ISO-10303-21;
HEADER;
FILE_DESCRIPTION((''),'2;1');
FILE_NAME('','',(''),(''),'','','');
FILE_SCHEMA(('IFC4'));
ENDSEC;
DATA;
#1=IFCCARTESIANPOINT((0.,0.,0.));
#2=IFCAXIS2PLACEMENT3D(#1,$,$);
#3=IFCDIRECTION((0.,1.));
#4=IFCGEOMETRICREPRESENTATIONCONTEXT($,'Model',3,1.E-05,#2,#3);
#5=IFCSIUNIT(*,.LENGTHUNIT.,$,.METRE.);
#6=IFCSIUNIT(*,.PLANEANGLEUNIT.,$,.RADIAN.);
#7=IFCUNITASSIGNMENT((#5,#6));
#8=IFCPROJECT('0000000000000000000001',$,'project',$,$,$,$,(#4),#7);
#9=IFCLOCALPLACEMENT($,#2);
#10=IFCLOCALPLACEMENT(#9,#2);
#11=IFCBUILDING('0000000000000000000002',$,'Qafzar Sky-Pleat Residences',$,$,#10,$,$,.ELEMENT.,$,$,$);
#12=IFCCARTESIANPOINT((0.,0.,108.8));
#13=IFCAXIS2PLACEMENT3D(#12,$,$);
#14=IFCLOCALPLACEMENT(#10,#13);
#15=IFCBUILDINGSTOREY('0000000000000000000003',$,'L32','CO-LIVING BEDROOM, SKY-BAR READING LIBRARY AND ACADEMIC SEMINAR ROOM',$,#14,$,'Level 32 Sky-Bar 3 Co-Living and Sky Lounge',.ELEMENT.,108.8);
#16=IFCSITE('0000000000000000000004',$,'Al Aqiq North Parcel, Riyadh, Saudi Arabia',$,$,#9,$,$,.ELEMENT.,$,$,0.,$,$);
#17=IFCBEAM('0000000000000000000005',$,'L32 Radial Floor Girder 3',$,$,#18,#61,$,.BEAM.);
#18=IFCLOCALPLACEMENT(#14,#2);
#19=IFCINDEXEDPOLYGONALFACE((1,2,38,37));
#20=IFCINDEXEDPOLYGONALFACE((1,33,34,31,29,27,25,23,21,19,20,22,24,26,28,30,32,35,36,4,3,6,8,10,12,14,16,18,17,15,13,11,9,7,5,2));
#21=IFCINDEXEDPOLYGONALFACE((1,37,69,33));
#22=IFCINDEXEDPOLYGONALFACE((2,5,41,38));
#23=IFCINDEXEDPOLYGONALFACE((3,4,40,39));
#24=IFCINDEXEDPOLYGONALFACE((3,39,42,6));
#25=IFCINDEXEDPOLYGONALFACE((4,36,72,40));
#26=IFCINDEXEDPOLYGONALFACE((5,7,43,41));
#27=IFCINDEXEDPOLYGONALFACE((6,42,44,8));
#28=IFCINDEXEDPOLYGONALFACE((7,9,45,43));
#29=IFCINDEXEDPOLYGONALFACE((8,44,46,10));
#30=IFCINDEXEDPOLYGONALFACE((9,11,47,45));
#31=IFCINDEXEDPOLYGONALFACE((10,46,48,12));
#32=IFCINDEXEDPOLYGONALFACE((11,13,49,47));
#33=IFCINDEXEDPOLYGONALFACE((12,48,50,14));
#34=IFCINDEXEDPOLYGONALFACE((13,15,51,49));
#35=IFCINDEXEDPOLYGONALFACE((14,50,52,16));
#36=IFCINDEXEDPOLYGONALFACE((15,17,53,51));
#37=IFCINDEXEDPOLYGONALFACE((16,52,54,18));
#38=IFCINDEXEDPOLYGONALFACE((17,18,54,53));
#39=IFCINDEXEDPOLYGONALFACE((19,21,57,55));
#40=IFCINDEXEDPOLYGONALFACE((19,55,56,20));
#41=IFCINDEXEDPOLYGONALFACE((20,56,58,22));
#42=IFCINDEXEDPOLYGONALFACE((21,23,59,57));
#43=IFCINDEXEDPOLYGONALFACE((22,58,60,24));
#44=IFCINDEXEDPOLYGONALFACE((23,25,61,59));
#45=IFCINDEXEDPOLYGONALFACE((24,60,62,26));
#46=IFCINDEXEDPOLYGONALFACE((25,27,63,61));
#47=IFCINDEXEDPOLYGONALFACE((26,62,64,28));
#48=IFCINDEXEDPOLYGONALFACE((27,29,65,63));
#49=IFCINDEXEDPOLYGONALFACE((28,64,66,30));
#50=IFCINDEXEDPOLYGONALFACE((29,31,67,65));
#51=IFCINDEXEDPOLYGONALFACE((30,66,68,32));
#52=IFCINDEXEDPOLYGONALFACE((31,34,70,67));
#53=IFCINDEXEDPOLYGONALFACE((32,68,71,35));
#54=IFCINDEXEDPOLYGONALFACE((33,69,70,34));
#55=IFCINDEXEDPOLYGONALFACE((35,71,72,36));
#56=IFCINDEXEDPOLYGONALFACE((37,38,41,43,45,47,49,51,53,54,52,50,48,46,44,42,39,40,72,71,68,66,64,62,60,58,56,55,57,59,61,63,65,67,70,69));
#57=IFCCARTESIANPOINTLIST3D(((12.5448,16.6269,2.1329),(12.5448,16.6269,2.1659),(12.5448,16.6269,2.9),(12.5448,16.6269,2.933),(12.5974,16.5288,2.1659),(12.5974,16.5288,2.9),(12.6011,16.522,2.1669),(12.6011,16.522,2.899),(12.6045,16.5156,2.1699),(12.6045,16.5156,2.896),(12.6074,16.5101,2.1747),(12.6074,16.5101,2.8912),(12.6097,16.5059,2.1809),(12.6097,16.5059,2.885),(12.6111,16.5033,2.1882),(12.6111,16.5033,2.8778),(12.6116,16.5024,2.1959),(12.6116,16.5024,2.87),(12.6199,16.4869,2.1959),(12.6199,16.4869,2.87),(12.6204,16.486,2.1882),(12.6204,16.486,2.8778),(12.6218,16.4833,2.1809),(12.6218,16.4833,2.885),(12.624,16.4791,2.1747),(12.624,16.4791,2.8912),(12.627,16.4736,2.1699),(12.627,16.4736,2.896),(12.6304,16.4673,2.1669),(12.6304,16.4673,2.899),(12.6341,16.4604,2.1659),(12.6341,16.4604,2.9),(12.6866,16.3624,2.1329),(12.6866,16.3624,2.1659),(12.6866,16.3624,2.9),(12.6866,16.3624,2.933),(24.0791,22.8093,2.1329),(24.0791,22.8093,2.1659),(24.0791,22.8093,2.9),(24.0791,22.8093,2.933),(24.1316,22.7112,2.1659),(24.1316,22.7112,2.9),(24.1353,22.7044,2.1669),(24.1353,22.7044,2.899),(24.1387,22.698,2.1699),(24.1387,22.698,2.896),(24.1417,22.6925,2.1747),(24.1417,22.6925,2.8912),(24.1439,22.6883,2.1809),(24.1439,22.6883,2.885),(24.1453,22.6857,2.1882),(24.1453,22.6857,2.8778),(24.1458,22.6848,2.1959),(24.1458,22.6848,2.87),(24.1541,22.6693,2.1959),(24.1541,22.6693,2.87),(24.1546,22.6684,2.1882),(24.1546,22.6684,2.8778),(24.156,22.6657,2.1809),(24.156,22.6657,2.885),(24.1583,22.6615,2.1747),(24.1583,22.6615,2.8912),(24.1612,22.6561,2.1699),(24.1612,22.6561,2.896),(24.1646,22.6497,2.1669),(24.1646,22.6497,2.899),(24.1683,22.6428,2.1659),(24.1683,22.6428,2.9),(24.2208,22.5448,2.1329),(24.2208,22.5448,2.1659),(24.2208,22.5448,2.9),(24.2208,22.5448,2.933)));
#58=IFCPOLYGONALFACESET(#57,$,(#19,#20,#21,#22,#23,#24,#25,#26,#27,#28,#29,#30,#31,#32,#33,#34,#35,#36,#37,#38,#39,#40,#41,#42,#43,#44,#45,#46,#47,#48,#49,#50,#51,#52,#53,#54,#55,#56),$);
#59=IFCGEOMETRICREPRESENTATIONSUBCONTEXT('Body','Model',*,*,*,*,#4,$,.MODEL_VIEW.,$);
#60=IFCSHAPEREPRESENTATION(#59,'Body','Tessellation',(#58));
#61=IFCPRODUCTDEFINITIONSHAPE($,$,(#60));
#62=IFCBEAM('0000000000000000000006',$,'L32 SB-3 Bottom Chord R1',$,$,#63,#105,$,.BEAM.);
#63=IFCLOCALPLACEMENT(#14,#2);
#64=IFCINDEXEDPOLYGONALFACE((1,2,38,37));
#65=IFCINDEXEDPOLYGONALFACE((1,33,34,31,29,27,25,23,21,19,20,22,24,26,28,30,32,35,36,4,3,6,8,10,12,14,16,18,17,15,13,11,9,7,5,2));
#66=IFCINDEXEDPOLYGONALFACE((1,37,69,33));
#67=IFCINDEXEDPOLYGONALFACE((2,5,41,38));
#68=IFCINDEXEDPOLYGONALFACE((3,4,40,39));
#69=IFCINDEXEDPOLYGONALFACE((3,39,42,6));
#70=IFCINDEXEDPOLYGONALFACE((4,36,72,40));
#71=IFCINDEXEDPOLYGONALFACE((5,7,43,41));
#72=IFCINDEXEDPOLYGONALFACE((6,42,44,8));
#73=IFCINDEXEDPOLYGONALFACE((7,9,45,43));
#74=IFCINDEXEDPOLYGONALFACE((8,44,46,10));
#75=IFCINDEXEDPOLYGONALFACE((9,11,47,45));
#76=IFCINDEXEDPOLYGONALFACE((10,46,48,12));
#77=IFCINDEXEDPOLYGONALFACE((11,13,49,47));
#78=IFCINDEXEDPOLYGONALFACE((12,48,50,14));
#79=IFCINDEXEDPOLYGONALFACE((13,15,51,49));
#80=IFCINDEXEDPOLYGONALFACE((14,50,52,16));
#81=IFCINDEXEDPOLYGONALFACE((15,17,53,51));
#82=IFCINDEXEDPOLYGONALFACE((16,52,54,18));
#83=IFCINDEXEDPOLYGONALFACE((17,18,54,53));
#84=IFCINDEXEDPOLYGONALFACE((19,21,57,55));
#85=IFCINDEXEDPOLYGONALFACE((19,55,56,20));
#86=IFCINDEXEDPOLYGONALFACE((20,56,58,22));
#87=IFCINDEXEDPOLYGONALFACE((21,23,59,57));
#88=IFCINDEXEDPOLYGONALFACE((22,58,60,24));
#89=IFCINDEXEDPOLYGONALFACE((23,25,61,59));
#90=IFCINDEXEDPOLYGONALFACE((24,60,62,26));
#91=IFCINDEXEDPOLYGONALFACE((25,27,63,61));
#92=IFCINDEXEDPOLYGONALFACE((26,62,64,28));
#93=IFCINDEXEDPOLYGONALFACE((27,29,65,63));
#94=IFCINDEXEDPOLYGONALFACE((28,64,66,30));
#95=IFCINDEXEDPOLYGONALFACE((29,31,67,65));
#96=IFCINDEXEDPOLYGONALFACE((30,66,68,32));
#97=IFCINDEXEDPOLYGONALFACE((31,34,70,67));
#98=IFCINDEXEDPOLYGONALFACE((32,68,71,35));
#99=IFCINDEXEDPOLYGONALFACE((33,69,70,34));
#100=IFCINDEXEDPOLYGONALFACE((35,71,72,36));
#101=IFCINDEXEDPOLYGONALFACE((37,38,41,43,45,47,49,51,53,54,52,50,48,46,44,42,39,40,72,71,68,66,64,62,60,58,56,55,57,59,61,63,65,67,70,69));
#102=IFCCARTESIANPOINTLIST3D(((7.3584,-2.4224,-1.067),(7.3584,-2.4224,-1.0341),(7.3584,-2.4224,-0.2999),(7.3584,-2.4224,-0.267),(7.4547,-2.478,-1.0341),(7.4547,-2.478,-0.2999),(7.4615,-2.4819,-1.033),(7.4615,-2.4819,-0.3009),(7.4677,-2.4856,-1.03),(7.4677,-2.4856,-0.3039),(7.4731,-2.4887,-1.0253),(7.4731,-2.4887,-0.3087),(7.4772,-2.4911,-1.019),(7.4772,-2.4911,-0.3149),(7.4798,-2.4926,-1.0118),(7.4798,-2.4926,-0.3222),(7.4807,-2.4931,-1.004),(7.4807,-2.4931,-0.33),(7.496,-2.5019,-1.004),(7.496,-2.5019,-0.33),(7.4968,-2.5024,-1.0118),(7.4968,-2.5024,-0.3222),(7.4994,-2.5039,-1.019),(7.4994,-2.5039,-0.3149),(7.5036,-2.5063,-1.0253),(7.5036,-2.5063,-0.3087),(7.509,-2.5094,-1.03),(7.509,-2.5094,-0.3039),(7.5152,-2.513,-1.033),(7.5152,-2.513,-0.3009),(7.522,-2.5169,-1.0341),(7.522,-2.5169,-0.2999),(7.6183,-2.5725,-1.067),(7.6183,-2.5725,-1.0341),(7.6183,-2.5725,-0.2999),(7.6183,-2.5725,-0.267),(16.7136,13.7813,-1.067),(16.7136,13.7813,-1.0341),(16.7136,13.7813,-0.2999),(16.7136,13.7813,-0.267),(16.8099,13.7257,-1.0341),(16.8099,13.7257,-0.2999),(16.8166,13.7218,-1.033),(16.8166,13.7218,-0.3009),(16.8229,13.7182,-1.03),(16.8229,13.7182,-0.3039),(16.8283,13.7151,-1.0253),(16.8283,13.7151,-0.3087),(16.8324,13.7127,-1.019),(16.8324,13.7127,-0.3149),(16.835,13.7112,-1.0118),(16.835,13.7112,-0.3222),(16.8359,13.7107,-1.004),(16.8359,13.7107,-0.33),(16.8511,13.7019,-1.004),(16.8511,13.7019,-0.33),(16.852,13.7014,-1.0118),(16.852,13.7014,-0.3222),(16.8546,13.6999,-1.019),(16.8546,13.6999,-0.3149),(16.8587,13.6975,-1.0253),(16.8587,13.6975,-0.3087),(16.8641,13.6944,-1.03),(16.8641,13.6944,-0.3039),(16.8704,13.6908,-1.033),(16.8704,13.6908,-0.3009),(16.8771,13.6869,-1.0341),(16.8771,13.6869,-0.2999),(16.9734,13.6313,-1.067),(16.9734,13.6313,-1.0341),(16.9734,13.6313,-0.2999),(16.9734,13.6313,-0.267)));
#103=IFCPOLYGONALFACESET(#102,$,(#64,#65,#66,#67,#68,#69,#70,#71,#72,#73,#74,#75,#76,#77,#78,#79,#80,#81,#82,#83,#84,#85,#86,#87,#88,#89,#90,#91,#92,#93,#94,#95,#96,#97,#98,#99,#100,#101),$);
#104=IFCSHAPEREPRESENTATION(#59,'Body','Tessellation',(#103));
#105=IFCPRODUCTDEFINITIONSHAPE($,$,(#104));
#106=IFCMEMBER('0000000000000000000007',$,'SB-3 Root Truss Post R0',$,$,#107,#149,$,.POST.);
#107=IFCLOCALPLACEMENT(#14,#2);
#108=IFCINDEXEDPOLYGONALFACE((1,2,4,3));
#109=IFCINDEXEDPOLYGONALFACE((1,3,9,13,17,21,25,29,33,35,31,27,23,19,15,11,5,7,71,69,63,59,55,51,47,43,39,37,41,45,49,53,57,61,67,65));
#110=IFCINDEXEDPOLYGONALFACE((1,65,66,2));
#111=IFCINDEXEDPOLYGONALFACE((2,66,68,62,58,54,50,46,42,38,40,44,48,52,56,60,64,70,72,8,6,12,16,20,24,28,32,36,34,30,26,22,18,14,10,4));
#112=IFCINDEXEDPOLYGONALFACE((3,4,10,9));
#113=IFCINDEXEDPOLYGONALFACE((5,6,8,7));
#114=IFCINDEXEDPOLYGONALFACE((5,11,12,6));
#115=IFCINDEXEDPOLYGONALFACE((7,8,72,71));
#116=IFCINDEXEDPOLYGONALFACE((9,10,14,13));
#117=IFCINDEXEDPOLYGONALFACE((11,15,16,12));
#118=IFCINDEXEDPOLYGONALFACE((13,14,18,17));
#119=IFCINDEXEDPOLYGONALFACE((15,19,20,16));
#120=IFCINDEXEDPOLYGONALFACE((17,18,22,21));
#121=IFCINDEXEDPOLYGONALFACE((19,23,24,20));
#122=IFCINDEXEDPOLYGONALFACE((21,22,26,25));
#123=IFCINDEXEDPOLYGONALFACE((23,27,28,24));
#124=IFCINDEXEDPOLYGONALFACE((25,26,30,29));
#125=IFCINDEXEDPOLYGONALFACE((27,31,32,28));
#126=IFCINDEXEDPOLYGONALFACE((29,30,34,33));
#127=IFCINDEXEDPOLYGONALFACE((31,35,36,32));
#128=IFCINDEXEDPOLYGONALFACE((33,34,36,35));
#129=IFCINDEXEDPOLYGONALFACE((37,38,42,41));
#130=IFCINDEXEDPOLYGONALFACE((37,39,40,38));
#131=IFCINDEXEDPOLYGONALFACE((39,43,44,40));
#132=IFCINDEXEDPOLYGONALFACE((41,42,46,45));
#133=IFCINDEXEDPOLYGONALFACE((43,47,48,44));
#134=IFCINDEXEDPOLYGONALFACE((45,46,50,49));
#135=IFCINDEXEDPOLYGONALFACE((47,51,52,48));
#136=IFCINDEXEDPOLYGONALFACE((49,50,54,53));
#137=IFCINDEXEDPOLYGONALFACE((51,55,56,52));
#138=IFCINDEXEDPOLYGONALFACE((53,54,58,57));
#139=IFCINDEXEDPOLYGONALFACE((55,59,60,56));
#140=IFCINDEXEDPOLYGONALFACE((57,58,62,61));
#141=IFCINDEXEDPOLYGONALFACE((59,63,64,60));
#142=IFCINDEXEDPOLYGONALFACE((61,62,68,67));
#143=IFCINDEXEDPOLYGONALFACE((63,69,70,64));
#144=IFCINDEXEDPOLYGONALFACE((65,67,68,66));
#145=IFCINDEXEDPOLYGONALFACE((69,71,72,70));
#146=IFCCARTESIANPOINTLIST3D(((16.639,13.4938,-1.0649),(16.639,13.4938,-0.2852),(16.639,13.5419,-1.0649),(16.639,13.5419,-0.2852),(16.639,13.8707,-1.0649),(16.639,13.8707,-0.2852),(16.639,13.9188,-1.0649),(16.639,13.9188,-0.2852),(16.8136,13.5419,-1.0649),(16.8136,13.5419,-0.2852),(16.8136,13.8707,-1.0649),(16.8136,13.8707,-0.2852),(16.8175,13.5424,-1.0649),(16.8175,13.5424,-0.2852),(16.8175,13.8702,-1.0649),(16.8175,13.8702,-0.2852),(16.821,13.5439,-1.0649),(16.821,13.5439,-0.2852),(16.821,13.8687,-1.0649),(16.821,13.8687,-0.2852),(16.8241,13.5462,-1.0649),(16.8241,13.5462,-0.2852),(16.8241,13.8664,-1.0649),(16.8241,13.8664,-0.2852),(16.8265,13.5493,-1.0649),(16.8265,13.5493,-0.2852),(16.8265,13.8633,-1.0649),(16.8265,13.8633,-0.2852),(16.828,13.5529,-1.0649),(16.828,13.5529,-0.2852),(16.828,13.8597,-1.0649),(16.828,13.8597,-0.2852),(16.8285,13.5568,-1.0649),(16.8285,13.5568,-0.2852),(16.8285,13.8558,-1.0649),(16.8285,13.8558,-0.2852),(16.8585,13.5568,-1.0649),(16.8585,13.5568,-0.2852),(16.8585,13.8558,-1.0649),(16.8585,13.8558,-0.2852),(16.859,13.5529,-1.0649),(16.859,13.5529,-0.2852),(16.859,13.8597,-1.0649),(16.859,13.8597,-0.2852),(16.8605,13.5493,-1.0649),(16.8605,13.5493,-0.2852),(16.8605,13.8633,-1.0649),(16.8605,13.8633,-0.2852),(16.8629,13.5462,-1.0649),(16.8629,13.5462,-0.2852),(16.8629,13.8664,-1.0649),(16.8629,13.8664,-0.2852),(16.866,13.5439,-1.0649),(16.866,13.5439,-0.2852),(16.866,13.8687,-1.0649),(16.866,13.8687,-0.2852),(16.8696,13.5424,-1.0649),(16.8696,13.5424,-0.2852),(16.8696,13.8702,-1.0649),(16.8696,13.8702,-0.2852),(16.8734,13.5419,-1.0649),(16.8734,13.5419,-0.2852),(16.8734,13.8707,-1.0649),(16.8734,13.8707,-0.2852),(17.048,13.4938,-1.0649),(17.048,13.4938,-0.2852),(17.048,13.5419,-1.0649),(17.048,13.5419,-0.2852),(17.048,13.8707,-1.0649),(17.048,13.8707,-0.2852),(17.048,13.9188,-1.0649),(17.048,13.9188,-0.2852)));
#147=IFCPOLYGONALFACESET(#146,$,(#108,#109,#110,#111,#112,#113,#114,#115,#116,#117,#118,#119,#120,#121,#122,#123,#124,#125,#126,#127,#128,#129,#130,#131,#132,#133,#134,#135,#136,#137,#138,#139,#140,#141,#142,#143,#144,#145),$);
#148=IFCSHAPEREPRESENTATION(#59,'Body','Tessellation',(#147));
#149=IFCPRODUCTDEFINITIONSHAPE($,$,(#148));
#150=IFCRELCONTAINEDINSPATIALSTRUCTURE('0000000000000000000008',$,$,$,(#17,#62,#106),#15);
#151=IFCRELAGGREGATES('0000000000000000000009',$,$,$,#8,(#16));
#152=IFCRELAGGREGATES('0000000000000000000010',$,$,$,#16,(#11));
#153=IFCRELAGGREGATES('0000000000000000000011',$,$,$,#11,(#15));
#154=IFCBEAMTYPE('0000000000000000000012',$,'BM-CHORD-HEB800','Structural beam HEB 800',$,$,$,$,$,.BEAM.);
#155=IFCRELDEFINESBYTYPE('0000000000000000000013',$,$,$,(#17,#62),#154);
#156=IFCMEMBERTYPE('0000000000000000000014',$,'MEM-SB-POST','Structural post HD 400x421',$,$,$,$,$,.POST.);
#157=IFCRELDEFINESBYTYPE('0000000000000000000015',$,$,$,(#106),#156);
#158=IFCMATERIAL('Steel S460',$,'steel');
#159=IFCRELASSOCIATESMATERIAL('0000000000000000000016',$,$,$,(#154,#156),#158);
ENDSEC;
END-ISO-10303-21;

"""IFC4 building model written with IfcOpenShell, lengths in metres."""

from ifc_helpers import new_model, si_unit, direction, frame, origin, origin_2d, place, context, subcontext, project, spatial, i_section, extrude, source, transform, mapped, material, material_profile, profile_set, type_object, element, save


model = new_model("IFC4")

# Units and contexts
model_context = context("Model", 3, precision=1e-05, world=origin(), true_north=direction((0.0, 1.0)))
body_context = subcontext(model_context, "Body", "Model", "MODEL_VIEW")
ifc_project = project(units=[si_unit("LENGTHUNIT", "METRE"), si_unit("PLANEANGLEUNIT", "RADIAN")], contexts=[model_context])

# Site, building, storey
site_placement = place(None, origin())
site = spatial("IfcSite", under=ifc_project, at=site_placement, Name="Al Aqiq North Parcel, Riyadh, Saudi Arabia", CompositionType="ELEMENT", RefElevation=0.0)
building_placement = place(site_placement, origin())
building = spatial("IfcBuilding", under=site, at=building_placement, Name="Qafzar Sky-Pleat Residences", CompositionType="ELEMENT")
storey_placement = place(building_placement, frame((0.0, 0.0, 108.8)))
storey = spatial("IfcBuildingStorey", under=building, at=storey_placement, Name="L32", Description="CO-LIVING BEDROOM, SKY-BAR READING LIBRARY AND ACADEMIC SEMINAR ROOM", LongName="Level 32 Sky-Bar 3 Co-Living and Sky Lounge", CompositionType="ELEMENT", Elevation=108.8)

# Shared definitions
ifc_material_1 = material(Name="Steel S460", Category="steel")

# Beams
ifc_material_profile_1 = material_profile(ifc_material_1, i_section(OverallWidth=0.3, OverallDepth=0.8, WebThickness=0.0176, FlangeThickness=0.033, FilletRadius=0.03, at=origin_2d()), Name="HEB 800")
ifc_profile_set_1 = profile_set([ifc_material_profile_1], Name="Steel S460")
beam_type_1 = type_object("IfcBeamType", Name="BM-CHORD-HEB800", Description="Structural beam HEB 800", PredefinedType="BEAM", material=ifc_profile_set_1)
shared_shape_1 = source(origin(), body_context, "Body", "SweptSolid", [
    extrude(i_section(OverallWidth=0.3, OverallDepth=0.8, WebThickness=0.0176, FlangeThickness=0.033, FilletRadius=0.03, at=origin_2d()), origin(), (0.0, 0.0, 1.0), 13.0867),
])
beam_1_placement = place(storey_placement, frame((12.6157, 16.4946, 2.533), z_axis=(0.881373, 0.47242, 0.0), x_axis=(-0.47242, 0.881373, 0.0)))
element("IfcBeam", 1, at=beam_1_placement, inside=storey, type_object=beam_type_1, Name="L32 Radial Floor Girder 3", PredefinedType="BEAM", context=body_context, shape_type="MappedRepresentation", body=[
    mapped(shared_shape_1, transform((0.0, 0.0, 0.0), x_axis=(1.0, 0.0, 0.0), y_axis=(0.0, 1.0, 0.0), z_axis=(0.0, 0.0, 1.0), scale=1.0)),
])
shared_shape_2 = source(origin(), body_context, "Body", "SweptSolid", [
    extrude(i_section(OverallWidth=0.3, OverallDepth=0.8, WebThickness=0.0176, FlangeThickness=0.033, FilletRadius=0.03, at=origin_2d()), origin(), (0.0, 0.0, 1.0), 18.7104),
])
beam_2_placement = place(storey_placement, frame((16.8435, 13.7063, -0.667), z_axis=(-0.499997, -0.866027, 0.0), x_axis=(0.866027, -0.499997, 0.0)))
element("IfcBeam", 2, at=beam_2_placement, inside=storey, type_object=beam_type_1, Name="L32 SB-3 Bottom Chord R1", PredefinedType="BEAM", context=body_context, shape_type="MappedRepresentation", body=[
    mapped(shared_shape_2, transform((0.0, 0.0, 0.0), x_axis=(1.0, 0.0, 0.0), y_axis=(0.0, 1.0, 0.0), z_axis=(0.0, 0.0, 1.0), scale=1.0)),
])

# Member
ifc_material_profile_2 = material_profile(ifc_material_1, i_section(OverallWidth=0.4089, OverallDepth=0.425, WebThickness=0.03, FlangeThickness=0.0481, FilletRadius=0.0149, at=origin_2d()), Name="HD 400x421")
ifc_profile_set_2 = profile_set([ifc_material_profile_2], Name="Steel S460")
member_type_1 = type_object("IfcMemberType", Name="MEM-SB-POST", Description="Structural post HD 400x421", PredefinedType="POST", material=ifc_profile_set_2)
shared_shape_3 = source(origin(), body_context, "Body", "SweptSolid", [
    extrude(i_section(OverallWidth=0.4089, OverallDepth=0.425, WebThickness=0.03, FlangeThickness=0.0481, FilletRadius=0.0149, at=origin_2d()), origin(), (0.0, 0.0, 1.0), 0.7798),
])
member_1_placement = place(storey_placement, frame((16.8435, 13.7063, -1.0649), z_axis=(0.0, 0.0, 1.0), x_axis=(1.0, 0.0, 0.0)))
element("IfcMember", 3, at=member_1_placement, inside=storey, type_object=member_type_1, Name="SB-3 Root Truss Post R0", PredefinedType="POST", context=body_context, shape_type="MappedRepresentation", body=[
    mapped(shared_shape_3, transform((0.0, 0.0, 0.0), x_axis=(1.0, 0.0, 0.0), y_axis=(0.0, 1.0, 0.0), z_axis=(0.0, 0.0, 1.0), scale=1.0)),
])

save(model, "model.ifc")
